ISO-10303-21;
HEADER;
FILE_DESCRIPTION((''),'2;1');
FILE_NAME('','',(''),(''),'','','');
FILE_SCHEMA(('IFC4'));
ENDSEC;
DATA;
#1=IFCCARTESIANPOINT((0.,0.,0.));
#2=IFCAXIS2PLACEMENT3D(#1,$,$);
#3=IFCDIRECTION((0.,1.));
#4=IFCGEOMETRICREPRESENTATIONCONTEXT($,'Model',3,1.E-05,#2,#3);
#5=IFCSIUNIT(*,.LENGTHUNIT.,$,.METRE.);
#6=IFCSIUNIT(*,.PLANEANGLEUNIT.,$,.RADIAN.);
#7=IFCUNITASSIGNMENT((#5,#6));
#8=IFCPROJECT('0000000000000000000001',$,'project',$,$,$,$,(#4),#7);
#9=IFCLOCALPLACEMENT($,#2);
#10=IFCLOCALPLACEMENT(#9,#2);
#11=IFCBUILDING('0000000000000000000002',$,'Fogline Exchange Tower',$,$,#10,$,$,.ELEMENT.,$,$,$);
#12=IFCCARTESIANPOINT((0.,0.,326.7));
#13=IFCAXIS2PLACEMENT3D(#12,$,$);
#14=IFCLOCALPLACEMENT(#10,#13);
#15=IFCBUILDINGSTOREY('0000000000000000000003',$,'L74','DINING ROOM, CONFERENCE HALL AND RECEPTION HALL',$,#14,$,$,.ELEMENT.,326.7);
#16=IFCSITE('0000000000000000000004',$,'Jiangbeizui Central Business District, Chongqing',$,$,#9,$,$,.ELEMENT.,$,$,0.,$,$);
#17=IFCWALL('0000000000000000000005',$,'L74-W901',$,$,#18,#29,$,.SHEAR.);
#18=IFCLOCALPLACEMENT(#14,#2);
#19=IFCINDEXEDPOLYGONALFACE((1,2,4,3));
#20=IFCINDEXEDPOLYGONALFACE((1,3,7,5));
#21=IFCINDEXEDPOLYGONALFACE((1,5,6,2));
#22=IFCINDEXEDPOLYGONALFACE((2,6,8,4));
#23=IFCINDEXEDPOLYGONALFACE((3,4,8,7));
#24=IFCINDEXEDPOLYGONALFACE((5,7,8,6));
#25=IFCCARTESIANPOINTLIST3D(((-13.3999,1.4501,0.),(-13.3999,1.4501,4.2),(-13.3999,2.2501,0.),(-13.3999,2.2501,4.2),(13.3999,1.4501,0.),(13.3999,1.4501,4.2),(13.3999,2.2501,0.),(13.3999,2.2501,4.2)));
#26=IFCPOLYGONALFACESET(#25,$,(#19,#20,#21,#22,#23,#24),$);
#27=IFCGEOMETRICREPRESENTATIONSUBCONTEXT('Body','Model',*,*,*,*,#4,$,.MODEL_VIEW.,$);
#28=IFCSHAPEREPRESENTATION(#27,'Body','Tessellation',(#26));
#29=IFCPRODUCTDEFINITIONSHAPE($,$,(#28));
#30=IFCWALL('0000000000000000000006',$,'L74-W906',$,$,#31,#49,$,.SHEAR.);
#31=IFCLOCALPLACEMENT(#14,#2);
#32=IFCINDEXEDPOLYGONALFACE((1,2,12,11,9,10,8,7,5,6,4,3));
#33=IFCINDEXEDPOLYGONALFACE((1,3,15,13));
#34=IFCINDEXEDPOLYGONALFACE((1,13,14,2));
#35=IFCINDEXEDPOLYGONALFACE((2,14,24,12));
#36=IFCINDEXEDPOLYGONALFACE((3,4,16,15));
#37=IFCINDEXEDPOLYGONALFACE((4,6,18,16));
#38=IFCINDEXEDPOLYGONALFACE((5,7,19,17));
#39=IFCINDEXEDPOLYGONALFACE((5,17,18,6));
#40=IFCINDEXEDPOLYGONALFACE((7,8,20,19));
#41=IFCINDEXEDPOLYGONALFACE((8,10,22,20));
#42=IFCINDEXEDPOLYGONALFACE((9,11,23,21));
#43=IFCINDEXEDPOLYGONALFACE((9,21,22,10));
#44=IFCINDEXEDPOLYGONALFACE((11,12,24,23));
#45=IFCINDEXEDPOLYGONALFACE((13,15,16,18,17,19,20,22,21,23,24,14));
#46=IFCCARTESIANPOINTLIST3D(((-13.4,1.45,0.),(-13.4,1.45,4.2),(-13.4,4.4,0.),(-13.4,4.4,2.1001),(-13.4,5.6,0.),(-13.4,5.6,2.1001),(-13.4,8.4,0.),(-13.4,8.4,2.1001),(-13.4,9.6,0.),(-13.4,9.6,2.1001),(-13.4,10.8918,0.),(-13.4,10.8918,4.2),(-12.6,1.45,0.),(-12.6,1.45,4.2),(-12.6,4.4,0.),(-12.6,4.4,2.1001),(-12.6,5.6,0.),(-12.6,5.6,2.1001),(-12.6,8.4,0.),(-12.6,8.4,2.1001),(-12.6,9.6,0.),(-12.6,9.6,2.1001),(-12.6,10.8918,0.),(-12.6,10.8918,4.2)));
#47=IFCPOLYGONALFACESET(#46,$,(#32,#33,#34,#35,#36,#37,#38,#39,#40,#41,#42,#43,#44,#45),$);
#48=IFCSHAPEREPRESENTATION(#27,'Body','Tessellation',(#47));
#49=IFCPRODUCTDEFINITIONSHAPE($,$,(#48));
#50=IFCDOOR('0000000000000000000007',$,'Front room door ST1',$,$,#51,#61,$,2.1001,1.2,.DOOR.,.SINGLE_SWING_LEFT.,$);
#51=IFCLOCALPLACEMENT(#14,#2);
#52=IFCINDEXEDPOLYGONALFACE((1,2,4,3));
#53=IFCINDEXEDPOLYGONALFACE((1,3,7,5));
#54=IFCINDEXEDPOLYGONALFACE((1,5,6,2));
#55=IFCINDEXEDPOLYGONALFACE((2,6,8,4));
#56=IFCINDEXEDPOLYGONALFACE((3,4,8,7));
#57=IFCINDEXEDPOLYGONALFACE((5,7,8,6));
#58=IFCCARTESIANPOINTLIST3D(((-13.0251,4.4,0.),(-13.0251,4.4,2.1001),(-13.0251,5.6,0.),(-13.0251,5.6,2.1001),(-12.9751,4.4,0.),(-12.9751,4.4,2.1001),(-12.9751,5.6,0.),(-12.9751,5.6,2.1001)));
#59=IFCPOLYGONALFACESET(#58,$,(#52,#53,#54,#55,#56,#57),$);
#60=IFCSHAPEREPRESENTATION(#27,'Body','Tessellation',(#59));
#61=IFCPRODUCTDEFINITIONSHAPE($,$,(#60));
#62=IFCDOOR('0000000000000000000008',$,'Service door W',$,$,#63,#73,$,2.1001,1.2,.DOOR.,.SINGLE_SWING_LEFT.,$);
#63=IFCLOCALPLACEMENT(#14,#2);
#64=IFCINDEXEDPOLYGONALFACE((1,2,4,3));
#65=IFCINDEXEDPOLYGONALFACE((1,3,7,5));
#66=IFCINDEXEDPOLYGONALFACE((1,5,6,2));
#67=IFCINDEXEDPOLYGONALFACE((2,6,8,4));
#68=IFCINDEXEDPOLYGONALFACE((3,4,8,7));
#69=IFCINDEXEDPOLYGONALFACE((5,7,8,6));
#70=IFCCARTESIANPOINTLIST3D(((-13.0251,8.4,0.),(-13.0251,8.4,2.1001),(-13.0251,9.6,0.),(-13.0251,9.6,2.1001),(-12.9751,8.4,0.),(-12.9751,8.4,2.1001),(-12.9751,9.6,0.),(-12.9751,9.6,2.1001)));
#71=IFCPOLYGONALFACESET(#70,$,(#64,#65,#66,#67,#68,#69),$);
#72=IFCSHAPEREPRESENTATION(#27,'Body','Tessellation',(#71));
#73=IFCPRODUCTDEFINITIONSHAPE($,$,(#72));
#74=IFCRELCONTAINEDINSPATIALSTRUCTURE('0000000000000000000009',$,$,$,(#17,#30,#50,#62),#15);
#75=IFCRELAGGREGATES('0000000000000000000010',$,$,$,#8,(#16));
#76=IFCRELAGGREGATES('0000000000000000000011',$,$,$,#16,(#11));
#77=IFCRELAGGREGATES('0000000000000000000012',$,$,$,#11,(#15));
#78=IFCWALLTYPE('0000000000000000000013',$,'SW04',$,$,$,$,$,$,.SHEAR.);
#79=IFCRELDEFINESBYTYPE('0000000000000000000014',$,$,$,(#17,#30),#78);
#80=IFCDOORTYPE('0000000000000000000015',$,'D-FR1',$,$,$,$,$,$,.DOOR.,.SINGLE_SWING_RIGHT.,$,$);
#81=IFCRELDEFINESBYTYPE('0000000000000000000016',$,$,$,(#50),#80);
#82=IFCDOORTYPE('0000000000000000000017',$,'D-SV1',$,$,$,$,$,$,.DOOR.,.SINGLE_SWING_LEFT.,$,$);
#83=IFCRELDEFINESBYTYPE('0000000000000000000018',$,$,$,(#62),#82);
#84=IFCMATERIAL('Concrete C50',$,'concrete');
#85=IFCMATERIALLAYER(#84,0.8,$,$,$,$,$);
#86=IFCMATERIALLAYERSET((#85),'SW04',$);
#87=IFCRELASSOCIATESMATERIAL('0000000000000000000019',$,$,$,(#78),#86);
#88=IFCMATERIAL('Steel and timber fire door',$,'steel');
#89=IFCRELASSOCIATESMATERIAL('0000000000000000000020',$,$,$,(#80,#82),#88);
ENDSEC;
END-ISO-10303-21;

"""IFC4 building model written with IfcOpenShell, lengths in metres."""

from ifc_helpers import new_model, si_unit, direction, frame, frame_2d, origin, place, context, subcontext, project, spatial, rectangle, extrude, material, layer, layer_set, type_object, element, fill, save


model = new_model("IFC4")

# Units and contexts
model_context = context("Model", 3, precision=1e-05, world=origin(), true_north=direction((0.0, 1.0)))
body_context = subcontext(model_context, "Body", "Model", "MODEL_VIEW")
ifc_project = project(units=[si_unit("LENGTHUNIT", "METRE"), si_unit("PLANEANGLEUNIT", "RADIAN")], contexts=[model_context])

# Site, building, storey
site_placement = place(None, origin())
site = spatial("IfcSite", under=ifc_project, at=site_placement, Name="Jiangbeizui Central Business District, Chongqing", CompositionType="ELEMENT", RefElevation=0.0)
building_placement = place(site_placement, origin())
building = spatial("IfcBuilding", under=site, at=building_placement, Name="Fogline Exchange Tower", CompositionType="ELEMENT")
storey_placement = place(building_placement, frame((0.0, 0.0, 326.7)))
storey = spatial("IfcBuildingStorey", under=building, at=storey_placement, Name="L74", Description="DINING ROOM, CONFERENCE HALL AND RECEPTION HALL", CompositionType="ELEMENT", Elevation=326.7)

# Wall
ifc_material_1 = material(Name="Concrete C50", Category="concrete")
ifc_layer_1 = layer(ifc_material_1, 0.8)
ifc_layer_set_1 = layer_set([ifc_layer_1], Name="SW04")
wall_type_1 = type_object("IfcWallType", Name="SW04", PredefinedType="SHEAR", material=ifc_layer_set_1)
wall_1_placement = place(storey_placement, frame((-13.3999, 1.8501, 0.0), z_axis=(0.0, 0.0, 1.0), x_axis=(1.0, 0.0, 0.0)))
element("IfcWall", 1, at=wall_1_placement, inside=storey, type_object=wall_type_1, Name="L74-W901", PredefinedType="SHEAR", context=body_context, shape_type="SweptSolid", body=[
    extrude(rectangle(XDim=26.7998, YDim=0.8, at=frame_2d((13.3999, 0.0))), origin(), (0.0, 0.0, 1.0), 4.2),
])

# Wall, openings, doors
wall_2_placement = place(storey_placement, frame((-13.0, 10.8918, 0.0), z_axis=(0.0, 0.0, 1.0), x_axis=(0.0, -1.0, 0.0)))
wall_2 = element("IfcWall", 2, at=wall_2_placement, inside=storey, type_object=wall_type_1, Name="L74-W906", PredefinedType="SHEAR", context=body_context, shape_type="SweptSolid", body=[
    extrude(rectangle(XDim=9.4419, YDim=0.8, at=frame_2d((4.7209, 0.0))), origin(), (0.0, 0.0, 1.0), 4.2),
])
opening_1_placement = place(wall_2_placement, frame((5.2917, 0.0, 0.0)))
opening_1 = element("IfcOpeningElement", 3, at=opening_1_placement, cuts=wall_2, PredefinedType="OPENING", context=body_context, shape_type="SweptSolid", body=[
    extrude(rectangle(XDim=1.2, YDim=2.1001, at=frame_2d((0.6001, 1.05))), frame((0.0, 0.4102, 0.0), z_axis=(0.0, -1.0, 0.0), x_axis=(1.0, 0.0, 0.0)), (0.0, 0.0, 1.0), 0.8201),
])
opening_2_placement = place(wall_2_placement, frame((1.2917, 0.0, 0.0)))
opening_2 = element("IfcOpeningElement", 4, at=opening_2_placement, cuts=wall_2, PredefinedType="OPENING", context=body_context, shape_type="SweptSolid", body=[
    extrude(rectangle(XDim=1.2, YDim=2.1001, at=frame_2d((0.6001, 1.05))), frame((0.0, 0.4102, 0.0), z_axis=(0.0, -1.0, 0.0), x_axis=(1.0, 0.0, 0.0)), (0.0, 0.0, 1.0), 0.8201),
])
ifc_material_2 = material(Name="Steel and timber fire door", Category="steel")
door_type_1 = type_object("IfcDoorType", Name="D-FR1", OperationType="SINGLE_SWING_RIGHT", PredefinedType="DOOR", material=ifc_material_2)
door_1_placement = place(opening_1_placement, origin())
door_1 = element("IfcDoor", 5, at=door_1_placement, inside=storey, type_object=door_type_1, Name="Front room door ST1", OperationType="SINGLE_SWING_LEFT", OverallHeight=2.1001, OverallWidth=1.2, PredefinedType="DOOR", context=body_context, shape_type="SweptSolid", body=[
    extrude(rectangle(XDim=1.2, YDim=2.1001, at=frame_2d((0.6001, 1.05))), frame((0.0, 0.0249, 0.0), z_axis=(0.0, -1.0, 0.0), x_axis=(1.0, 0.0, 0.0)), (0.0, 0.0, 1.0), 0.05),
])
fill(opening_1, door_1)
door_type_2 = type_object("IfcDoorType", Name="D-SV1", OperationType="SINGLE_SWING_LEFT", PredefinedType="DOOR", material=ifc_material_2)
door_2_placement = place(opening_2_placement, origin())
door_2 = element("IfcDoor", 6, at=door_2_placement, inside=storey, type_object=door_type_2, Name="Service door W", OperationType="SINGLE_SWING_LEFT", OverallHeight=2.1001, OverallWidth=1.2, PredefinedType="DOOR", context=body_context, shape_type="SweptSolid", body=[
    extrude(rectangle(XDim=1.2, YDim=2.1001, at=frame_2d((0.6001, 1.05))), frame((0.0, 0.0249, 0.0), z_axis=(0.0, -1.0, 0.0), x_axis=(1.0, 0.0, 0.0)), (0.0, 0.0, 1.0), 0.05),
])
fill(opening_2, door_2)

save(model, "model.ifc")
